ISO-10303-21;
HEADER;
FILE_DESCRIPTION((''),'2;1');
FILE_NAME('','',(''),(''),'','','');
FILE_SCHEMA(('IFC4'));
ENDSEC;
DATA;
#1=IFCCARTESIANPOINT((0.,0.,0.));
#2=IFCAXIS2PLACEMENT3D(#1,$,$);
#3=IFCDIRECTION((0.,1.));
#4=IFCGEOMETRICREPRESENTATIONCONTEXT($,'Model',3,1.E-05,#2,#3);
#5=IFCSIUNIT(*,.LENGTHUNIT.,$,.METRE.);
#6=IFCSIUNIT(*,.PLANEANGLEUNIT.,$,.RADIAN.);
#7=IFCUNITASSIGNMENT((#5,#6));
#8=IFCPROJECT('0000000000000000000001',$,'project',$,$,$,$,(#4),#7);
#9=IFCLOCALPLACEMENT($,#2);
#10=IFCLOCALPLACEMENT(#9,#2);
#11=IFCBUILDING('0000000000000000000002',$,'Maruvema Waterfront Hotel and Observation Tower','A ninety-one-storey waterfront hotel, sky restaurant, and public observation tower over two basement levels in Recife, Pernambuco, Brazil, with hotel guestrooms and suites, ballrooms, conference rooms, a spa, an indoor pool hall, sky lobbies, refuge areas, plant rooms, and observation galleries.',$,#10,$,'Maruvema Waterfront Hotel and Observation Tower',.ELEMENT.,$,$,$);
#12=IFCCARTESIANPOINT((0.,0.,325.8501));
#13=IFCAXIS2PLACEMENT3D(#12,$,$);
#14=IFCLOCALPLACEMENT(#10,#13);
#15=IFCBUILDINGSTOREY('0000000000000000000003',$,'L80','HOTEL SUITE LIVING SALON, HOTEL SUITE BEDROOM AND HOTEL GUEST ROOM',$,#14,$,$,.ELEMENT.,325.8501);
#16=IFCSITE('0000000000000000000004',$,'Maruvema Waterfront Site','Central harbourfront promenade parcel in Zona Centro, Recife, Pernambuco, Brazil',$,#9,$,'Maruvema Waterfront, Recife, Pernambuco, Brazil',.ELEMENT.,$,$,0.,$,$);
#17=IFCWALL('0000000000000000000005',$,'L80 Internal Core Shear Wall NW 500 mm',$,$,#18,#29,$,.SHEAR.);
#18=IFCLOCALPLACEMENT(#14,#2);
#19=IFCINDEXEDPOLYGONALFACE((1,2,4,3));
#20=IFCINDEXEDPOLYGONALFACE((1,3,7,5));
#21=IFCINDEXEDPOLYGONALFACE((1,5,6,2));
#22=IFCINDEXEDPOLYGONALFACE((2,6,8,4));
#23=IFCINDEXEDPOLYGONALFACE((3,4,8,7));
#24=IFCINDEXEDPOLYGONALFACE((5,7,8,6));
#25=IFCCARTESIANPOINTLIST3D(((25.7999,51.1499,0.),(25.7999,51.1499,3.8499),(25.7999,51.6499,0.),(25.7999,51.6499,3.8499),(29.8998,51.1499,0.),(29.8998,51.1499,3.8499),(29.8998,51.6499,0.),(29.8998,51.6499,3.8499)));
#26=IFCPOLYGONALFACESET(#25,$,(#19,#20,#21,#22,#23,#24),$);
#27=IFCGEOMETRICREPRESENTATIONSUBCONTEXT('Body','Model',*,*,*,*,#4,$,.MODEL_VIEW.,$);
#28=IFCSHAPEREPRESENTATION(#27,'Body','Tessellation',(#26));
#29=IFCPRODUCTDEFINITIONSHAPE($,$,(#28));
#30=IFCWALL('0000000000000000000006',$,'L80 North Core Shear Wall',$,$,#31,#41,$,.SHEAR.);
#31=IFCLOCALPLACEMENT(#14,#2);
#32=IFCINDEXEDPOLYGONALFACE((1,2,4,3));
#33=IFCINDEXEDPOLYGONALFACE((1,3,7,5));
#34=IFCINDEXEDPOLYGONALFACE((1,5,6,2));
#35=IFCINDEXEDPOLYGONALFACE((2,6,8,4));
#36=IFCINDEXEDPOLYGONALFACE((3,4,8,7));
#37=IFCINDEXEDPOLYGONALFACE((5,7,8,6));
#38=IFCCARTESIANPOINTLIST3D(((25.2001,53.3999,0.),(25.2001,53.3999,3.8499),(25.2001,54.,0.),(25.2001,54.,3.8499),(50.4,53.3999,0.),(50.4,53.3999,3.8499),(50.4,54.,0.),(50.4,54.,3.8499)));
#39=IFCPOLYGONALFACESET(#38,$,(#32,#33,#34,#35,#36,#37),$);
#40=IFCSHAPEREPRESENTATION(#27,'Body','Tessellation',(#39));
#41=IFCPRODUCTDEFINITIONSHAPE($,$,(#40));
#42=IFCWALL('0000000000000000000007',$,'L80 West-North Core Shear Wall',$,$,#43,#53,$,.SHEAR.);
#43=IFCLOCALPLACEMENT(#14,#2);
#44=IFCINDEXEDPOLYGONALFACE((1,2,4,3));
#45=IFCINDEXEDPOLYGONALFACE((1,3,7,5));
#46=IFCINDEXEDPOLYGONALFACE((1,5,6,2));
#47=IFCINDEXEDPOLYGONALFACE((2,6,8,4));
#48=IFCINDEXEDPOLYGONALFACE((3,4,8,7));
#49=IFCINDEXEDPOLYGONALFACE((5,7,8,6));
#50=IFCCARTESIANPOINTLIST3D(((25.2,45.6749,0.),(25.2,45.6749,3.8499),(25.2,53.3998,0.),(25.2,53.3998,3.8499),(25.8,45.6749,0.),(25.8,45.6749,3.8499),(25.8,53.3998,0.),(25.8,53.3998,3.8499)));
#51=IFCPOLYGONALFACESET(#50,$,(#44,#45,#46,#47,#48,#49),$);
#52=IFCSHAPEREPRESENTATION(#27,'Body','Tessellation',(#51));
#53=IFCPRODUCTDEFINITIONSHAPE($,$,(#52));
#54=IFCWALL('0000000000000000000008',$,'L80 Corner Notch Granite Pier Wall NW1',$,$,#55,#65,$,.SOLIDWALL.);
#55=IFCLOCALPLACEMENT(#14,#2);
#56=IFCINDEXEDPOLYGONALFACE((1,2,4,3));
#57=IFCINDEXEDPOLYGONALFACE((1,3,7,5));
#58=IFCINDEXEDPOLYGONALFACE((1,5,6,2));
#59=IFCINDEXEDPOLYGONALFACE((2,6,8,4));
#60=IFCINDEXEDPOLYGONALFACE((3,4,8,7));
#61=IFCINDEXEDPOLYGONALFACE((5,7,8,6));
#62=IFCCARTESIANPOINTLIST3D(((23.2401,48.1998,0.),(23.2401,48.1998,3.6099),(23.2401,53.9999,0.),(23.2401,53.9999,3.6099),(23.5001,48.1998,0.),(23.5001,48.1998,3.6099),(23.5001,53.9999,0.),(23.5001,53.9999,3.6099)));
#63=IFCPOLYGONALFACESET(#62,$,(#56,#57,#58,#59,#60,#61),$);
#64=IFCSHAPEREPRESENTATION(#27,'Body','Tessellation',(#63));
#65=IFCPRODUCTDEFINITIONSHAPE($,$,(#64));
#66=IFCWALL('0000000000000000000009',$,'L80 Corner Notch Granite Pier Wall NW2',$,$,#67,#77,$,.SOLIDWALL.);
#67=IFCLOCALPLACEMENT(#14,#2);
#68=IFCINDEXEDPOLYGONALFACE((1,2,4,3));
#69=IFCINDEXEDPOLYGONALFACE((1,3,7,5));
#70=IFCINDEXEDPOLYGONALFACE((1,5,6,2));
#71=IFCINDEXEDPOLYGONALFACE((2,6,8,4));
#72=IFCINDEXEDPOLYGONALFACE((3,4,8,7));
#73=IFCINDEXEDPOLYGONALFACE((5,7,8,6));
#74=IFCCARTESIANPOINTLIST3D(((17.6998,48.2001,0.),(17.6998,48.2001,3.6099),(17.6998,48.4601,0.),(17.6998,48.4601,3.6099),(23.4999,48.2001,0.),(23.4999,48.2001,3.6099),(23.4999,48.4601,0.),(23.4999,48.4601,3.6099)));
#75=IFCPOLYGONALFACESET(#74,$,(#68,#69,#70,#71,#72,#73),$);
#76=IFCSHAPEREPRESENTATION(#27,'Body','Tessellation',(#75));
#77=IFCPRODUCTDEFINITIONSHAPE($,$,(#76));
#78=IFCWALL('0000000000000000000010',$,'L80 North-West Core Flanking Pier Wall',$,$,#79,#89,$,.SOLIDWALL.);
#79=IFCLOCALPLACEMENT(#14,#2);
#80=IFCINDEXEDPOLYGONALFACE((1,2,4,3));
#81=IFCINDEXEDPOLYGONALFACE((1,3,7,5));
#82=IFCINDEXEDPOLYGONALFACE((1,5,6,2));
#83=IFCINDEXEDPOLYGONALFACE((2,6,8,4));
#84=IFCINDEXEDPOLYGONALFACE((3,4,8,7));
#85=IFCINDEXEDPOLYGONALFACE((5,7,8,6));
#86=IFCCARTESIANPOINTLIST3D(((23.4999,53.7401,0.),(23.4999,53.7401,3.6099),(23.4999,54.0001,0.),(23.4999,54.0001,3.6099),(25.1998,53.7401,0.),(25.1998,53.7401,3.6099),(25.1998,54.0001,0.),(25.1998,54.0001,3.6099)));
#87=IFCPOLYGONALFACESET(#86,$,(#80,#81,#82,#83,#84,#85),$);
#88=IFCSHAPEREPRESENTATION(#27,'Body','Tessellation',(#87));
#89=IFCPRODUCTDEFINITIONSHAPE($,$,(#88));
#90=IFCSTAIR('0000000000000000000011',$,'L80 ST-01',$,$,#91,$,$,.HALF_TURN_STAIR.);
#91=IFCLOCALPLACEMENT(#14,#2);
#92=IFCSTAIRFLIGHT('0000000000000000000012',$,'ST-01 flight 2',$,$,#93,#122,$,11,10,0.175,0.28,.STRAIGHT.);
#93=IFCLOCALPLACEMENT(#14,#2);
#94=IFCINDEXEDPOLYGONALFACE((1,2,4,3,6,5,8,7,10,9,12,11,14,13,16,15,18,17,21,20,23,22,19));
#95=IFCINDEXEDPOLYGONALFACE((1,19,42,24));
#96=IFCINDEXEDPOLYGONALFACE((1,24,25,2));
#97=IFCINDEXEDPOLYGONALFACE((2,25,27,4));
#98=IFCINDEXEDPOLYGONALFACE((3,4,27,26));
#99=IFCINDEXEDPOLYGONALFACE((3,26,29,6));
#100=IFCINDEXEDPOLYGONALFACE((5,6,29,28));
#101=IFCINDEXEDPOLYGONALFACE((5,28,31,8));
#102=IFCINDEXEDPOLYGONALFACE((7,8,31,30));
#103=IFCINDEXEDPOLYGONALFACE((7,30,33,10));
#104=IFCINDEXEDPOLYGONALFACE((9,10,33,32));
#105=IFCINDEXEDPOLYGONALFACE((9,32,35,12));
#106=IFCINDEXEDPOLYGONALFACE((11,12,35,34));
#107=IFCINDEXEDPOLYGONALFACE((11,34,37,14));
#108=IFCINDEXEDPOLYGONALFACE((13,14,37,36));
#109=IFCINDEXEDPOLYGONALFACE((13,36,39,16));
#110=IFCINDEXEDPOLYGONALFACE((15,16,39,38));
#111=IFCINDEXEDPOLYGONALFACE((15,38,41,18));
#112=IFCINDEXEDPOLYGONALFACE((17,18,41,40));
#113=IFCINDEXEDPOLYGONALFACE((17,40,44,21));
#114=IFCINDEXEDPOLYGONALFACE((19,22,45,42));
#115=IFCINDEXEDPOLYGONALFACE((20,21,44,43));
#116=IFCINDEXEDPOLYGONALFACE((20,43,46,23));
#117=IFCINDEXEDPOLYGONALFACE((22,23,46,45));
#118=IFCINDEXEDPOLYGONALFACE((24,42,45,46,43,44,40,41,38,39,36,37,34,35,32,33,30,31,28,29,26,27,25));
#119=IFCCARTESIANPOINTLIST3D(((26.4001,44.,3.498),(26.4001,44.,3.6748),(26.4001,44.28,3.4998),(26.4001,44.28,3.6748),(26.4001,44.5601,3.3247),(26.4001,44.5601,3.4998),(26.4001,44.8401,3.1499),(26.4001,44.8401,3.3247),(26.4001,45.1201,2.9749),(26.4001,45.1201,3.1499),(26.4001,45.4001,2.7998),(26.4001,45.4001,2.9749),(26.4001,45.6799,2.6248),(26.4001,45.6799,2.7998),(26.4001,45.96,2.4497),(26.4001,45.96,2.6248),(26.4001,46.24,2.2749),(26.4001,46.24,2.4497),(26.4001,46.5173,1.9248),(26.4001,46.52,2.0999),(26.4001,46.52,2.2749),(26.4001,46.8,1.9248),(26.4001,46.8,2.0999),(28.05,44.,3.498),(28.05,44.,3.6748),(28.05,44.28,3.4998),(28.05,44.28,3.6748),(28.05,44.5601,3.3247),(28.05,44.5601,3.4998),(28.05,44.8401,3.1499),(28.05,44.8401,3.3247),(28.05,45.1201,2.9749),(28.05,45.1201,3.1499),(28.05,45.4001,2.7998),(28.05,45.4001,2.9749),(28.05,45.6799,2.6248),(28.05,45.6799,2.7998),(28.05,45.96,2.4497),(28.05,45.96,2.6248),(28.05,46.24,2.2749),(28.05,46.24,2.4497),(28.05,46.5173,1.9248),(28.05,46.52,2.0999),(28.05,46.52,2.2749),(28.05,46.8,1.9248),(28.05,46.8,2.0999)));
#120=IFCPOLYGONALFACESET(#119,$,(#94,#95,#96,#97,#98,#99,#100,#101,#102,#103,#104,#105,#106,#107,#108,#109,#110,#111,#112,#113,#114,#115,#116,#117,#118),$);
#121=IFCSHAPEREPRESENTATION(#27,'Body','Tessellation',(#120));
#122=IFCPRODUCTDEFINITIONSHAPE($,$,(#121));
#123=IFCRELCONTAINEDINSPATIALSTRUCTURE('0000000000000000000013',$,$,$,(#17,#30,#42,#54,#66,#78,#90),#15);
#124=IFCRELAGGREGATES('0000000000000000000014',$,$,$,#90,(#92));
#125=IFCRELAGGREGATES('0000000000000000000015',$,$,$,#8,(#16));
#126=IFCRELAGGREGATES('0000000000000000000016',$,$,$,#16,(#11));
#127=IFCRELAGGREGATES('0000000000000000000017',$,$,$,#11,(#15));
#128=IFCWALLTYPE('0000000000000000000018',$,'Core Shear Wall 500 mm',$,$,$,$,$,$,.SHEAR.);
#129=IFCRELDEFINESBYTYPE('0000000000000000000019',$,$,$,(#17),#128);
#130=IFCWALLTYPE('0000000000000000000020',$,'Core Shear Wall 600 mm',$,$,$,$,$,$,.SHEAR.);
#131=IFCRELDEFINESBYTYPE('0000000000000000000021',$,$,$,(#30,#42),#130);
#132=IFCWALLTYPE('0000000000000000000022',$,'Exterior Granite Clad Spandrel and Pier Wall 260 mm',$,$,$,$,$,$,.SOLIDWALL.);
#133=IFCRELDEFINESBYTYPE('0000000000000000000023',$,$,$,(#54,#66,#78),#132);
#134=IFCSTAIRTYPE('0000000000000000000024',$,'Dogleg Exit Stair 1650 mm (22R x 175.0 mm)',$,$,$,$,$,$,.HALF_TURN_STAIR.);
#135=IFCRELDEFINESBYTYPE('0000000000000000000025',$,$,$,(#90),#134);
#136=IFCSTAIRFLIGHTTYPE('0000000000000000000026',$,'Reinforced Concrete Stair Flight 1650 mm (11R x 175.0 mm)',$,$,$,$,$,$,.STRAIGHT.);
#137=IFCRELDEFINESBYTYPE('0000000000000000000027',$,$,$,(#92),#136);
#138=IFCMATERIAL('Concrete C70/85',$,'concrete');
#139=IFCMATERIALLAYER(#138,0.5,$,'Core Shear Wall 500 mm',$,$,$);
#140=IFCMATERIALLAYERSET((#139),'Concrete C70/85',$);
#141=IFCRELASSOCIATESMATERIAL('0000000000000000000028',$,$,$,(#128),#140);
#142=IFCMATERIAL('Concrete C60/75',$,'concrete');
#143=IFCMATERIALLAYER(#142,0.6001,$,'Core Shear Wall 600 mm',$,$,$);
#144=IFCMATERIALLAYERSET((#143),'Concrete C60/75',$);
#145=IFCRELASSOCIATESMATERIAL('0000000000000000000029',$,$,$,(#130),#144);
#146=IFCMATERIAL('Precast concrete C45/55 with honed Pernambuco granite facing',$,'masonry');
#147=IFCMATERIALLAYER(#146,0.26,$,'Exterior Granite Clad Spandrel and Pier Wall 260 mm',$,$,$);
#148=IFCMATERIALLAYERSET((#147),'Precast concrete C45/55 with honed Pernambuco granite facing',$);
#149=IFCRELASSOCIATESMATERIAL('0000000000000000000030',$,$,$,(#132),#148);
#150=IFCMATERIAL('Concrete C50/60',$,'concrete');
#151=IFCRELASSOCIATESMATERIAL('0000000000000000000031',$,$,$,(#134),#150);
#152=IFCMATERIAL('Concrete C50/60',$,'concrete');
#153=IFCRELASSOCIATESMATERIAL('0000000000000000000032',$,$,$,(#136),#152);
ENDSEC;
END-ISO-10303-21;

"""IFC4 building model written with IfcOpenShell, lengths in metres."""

from ifc_helpers import new_model, si_unit, direction, frame, frame_2d, origin, place, context, subcontext, project, spatial, polyline, rectangle, outline, extrude, material, layer, layer_set, type_object, element, aggregate, save


model = new_model("IFC4")

# Units and contexts
model_context = context("Model", 3, precision=1e-05, world=origin(), true_north=direction((0.0, 1.0)))
body_context = subcontext(model_context, "Body", "Model", "MODEL_VIEW")
ifc_project = project(units=[si_unit("LENGTHUNIT", "METRE"), si_unit("PLANEANGLEUNIT", "RADIAN")], contexts=[model_context])

# Site, building, storey
site_placement = place(None, origin())
site = spatial("IfcSite", under=ifc_project, at=site_placement, Name="Maruvema Waterfront Site", Description="Central harbourfront promenade parcel in Zona Centro, Recife, Pernambuco, Brazil", LongName="Maruvema Waterfront, Recife, Pernambuco, Brazil", CompositionType="ELEMENT", RefElevation=0.0)
building_placement = place(site_placement, origin())
building = spatial("IfcBuilding", under=site, at=building_placement, Name="Maruvema Waterfront Hotel and Observation Tower", Description="A ninety-one-storey waterfront hotel, sky restaurant, and public observation tower over two basement levels in Recife, Pernambuco, Brazil, with hotel guestrooms and suites, ballrooms, conference rooms, a spa, an indoor pool hall, sky lobbies, refuge areas, plant rooms, and observation galleries.", LongName="Maruvema Waterfront Hotel and Observation Tower", CompositionType="ELEMENT")
storey_placement = place(building_placement, frame((0.0, 0.0, 325.8501)))
storey = spatial("IfcBuildingStorey", under=building, at=storey_placement, Name="L80", Description="HOTEL SUITE LIVING SALON, HOTEL SUITE BEDROOM AND HOTEL GUEST ROOM", CompositionType="ELEMENT", Elevation=325.8501)

# Walls
ifc_material_1 = material(Name="Concrete C70/85", Category="concrete")
ifc_layer_1 = layer(ifc_material_1, 0.5, Name="Core Shear Wall 500 mm")
ifc_layer_set_1 = layer_set([ifc_layer_1], Name="Concrete C70/85")
wall_type_1 = type_object("IfcWallType", Name="Core Shear Wall 500 mm", PredefinedType="SHEAR", material=ifc_layer_set_1)
wall_1_placement = place(storey_placement, frame((25.8, 51.3999, 0.0), z_axis=(0.0, 0.0, 1.0), x_axis=(1.0, 0.0, 0.0)))
element("IfcWall", 1, at=wall_1_placement, inside=storey, type_object=wall_type_1, Name="L80 Internal Core Shear Wall NW 500 mm", PredefinedType="SHEAR", context=body_context, shape_type="SweptSolid", body=[
    extrude(rectangle(XDim=4.0999, YDim=0.5, at=frame_2d((2.0498, 0.0))), origin(), (0.0, 0.0, 1.0), 3.8499),
])
ifc_material_2 = material(Name="Concrete C60/75", Category="concrete")
ifc_layer_2 = layer(ifc_material_2, 0.6001, Name="Core Shear Wall 600 mm")
ifc_layer_set_2 = layer_set([ifc_layer_2], Name="Concrete C60/75")
wall_type_2 = type_object("IfcWallType", Name="Core Shear Wall 600 mm", PredefinedType="SHEAR", material=ifc_layer_set_2)
wall_2_placement = place(storey_placement, frame((25.2, 53.7, 0.0), z_axis=(0.0, 0.0, 1.0), x_axis=(1.0, 0.0, 0.0)))
element("IfcWall", 2, at=wall_2_placement, inside=storey, type_object=wall_type_2, Name="L80 North Core Shear Wall", PredefinedType="SHEAR", context=body_context, shape_type="SweptSolid", body=[
    extrude(rectangle(XDim=25.2, YDim=0.6001, at=frame_2d((12.6001, 0.0))), origin(), (0.0, 0.0, 1.0), 3.8499),
])
wall_3_placement = place(storey_placement, frame((25.5, 45.675, 0.0), z_axis=(0.0, 0.0, 1.0), x_axis=(0.0, 1.0, 0.0)))
element("IfcWall", 3, at=wall_3_placement, inside=storey, type_object=wall_type_2, Name="L80 West-North Core Shear Wall", PredefinedType="SHEAR", context=body_context, shape_type="SweptSolid", body=[
    extrude(rectangle(XDim=7.7249, YDim=0.6001, at=frame_2d((3.8623, 0.0))), origin(), (0.0, 0.0, 1.0), 3.8499),
])
ifc_material_3 = material(Name="Precast concrete C45/55 with honed Pernambuco granite facing", Category="masonry")
ifc_layer_3 = layer(ifc_material_3, 0.26, Name="Exterior Granite Clad Spandrel and Pier Wall 260 mm")
ifc_layer_set_3 = layer_set([ifc_layer_3], Name="Precast concrete C45/55 with honed Pernambuco granite facing")
wall_type_3 = type_object("IfcWallType", Name="Exterior Granite Clad Spandrel and Pier Wall 260 mm", PredefinedType="SOLIDWALL", material=ifc_layer_set_3)
for number, where, z_axis, x_axis, name in (
    (4, (23.3701, 48.2, 0.0), (0.0, 0.0, 1.0), (0.0, 1.0, 0.0), "L80 Corner Notch Granite Pier Wall NW1"),
    (5, (17.7, 48.3301, 0.0), (0.0, 0.0, 1.0), (1.0, 0.0, 0.0), "L80 Corner Notch Granite Pier Wall NW2"),
):
    element("IfcWall", number, at=place(storey_placement, frame(where, z_axis=z_axis, x_axis=x_axis)), inside=storey, type_object=wall_type_3, Name=name, PredefinedType="SOLIDWALL", context=body_context, shape_type="SweptSolid", body=[
        extrude(rectangle(XDim=5.8, YDim=0.26, at=frame_2d((2.8999, 0.0))), origin(), (0.0, 0.0, 1.0), 3.6099),
    ])
wall_4_placement = place(storey_placement, frame((25.2, 53.8701, 0.0), z_axis=(0.0, 0.0, 1.0), x_axis=(-1.0, 0.0, 0.0)))
element("IfcWall", 6, at=wall_4_placement, inside=storey, type_object=wall_type_3, Name="L80 North-West Core Flanking Pier Wall", PredefinedType="SOLIDWALL", context=body_context, shape_type="SweptSolid", body=[
    extrude(rectangle(XDim=1.7, YDim=0.26, at=frame_2d((0.8501, 0.0))), origin(), (0.0, 0.0, 1.0), 3.6099),
])

# Stair, stair flight
ifc_material_4 = material(Name="Concrete C50/60", Category="concrete")
stair_type = type_object("IfcStairType", Name="Dogleg Exit Stair 1650 mm (22R x 175.0 mm)", PredefinedType="HALF_TURN_STAIR", material=ifc_material_4)
stair_placement = place(storey_placement, origin())
stair = element("IfcStair", 7, at=stair_placement, inside=storey, type_object=stair_type, Name="L80 ST-01", PredefinedType="HALF_TURN_STAIR")
ifc_material_5 = material(Name="Concrete C50/60", Category="concrete")
stair_flight_type = type_object("IfcStairFlightType", Name="Reinforced Concrete Stair Flight 1650 mm (11R x 175.0 mm)", PredefinedType="STRAIGHT", material=ifc_material_5)
stair_flight_placement = place(storey_placement, frame((27.2251, 46.8, 1.9248), z_axis=(0.0, 0.0, 1.0), x_axis=(0.0, -1.0, 0.0)))
stair_flight = element("IfcStairFlight", 8, at=stair_flight_placement, type_object=stair_flight_type, Name="ST-01 flight 2", NumberOfRisers=11, NumberOfTreads=10, PredefinedType="STRAIGHT", RiserHeight=0.175, TreadLength=0.28, context=body_context, shape_type="SweptSolid", body=[
    extrude(outline(polyline([(0.0, 0.0), (0.0, 0.175), (0.28, 0.175), (0.28, 0.3501), (0.5601, 0.3501), (0.5601, 0.5249), (0.8401, 0.5249), (0.8401, 0.7), (1.1201, 0.7), (1.1201, 0.875), (1.3999, 0.875), (1.3999, 1.05), (1.6799, 1.05), (1.6799, 1.2251), (1.96, 1.2251), (1.96, 1.3999), (2.24, 1.3999), (2.24, 1.575), (2.52, 1.575), (2.52, 1.75), (2.8, 1.75), (2.8, 1.925), (2.8, 1.5732), (0.2827, 0.0), (0.0, 0.0)])), frame((0.0, 0.825, 0.0), z_axis=(0.0, -1.0, 0.0), x_axis=(1.0, 0.0, 0.0)), (0.0, 0.0, 1.0), 1.6499),
])
aggregate(stair, [stair_flight])

save(model, "model.ifc")
